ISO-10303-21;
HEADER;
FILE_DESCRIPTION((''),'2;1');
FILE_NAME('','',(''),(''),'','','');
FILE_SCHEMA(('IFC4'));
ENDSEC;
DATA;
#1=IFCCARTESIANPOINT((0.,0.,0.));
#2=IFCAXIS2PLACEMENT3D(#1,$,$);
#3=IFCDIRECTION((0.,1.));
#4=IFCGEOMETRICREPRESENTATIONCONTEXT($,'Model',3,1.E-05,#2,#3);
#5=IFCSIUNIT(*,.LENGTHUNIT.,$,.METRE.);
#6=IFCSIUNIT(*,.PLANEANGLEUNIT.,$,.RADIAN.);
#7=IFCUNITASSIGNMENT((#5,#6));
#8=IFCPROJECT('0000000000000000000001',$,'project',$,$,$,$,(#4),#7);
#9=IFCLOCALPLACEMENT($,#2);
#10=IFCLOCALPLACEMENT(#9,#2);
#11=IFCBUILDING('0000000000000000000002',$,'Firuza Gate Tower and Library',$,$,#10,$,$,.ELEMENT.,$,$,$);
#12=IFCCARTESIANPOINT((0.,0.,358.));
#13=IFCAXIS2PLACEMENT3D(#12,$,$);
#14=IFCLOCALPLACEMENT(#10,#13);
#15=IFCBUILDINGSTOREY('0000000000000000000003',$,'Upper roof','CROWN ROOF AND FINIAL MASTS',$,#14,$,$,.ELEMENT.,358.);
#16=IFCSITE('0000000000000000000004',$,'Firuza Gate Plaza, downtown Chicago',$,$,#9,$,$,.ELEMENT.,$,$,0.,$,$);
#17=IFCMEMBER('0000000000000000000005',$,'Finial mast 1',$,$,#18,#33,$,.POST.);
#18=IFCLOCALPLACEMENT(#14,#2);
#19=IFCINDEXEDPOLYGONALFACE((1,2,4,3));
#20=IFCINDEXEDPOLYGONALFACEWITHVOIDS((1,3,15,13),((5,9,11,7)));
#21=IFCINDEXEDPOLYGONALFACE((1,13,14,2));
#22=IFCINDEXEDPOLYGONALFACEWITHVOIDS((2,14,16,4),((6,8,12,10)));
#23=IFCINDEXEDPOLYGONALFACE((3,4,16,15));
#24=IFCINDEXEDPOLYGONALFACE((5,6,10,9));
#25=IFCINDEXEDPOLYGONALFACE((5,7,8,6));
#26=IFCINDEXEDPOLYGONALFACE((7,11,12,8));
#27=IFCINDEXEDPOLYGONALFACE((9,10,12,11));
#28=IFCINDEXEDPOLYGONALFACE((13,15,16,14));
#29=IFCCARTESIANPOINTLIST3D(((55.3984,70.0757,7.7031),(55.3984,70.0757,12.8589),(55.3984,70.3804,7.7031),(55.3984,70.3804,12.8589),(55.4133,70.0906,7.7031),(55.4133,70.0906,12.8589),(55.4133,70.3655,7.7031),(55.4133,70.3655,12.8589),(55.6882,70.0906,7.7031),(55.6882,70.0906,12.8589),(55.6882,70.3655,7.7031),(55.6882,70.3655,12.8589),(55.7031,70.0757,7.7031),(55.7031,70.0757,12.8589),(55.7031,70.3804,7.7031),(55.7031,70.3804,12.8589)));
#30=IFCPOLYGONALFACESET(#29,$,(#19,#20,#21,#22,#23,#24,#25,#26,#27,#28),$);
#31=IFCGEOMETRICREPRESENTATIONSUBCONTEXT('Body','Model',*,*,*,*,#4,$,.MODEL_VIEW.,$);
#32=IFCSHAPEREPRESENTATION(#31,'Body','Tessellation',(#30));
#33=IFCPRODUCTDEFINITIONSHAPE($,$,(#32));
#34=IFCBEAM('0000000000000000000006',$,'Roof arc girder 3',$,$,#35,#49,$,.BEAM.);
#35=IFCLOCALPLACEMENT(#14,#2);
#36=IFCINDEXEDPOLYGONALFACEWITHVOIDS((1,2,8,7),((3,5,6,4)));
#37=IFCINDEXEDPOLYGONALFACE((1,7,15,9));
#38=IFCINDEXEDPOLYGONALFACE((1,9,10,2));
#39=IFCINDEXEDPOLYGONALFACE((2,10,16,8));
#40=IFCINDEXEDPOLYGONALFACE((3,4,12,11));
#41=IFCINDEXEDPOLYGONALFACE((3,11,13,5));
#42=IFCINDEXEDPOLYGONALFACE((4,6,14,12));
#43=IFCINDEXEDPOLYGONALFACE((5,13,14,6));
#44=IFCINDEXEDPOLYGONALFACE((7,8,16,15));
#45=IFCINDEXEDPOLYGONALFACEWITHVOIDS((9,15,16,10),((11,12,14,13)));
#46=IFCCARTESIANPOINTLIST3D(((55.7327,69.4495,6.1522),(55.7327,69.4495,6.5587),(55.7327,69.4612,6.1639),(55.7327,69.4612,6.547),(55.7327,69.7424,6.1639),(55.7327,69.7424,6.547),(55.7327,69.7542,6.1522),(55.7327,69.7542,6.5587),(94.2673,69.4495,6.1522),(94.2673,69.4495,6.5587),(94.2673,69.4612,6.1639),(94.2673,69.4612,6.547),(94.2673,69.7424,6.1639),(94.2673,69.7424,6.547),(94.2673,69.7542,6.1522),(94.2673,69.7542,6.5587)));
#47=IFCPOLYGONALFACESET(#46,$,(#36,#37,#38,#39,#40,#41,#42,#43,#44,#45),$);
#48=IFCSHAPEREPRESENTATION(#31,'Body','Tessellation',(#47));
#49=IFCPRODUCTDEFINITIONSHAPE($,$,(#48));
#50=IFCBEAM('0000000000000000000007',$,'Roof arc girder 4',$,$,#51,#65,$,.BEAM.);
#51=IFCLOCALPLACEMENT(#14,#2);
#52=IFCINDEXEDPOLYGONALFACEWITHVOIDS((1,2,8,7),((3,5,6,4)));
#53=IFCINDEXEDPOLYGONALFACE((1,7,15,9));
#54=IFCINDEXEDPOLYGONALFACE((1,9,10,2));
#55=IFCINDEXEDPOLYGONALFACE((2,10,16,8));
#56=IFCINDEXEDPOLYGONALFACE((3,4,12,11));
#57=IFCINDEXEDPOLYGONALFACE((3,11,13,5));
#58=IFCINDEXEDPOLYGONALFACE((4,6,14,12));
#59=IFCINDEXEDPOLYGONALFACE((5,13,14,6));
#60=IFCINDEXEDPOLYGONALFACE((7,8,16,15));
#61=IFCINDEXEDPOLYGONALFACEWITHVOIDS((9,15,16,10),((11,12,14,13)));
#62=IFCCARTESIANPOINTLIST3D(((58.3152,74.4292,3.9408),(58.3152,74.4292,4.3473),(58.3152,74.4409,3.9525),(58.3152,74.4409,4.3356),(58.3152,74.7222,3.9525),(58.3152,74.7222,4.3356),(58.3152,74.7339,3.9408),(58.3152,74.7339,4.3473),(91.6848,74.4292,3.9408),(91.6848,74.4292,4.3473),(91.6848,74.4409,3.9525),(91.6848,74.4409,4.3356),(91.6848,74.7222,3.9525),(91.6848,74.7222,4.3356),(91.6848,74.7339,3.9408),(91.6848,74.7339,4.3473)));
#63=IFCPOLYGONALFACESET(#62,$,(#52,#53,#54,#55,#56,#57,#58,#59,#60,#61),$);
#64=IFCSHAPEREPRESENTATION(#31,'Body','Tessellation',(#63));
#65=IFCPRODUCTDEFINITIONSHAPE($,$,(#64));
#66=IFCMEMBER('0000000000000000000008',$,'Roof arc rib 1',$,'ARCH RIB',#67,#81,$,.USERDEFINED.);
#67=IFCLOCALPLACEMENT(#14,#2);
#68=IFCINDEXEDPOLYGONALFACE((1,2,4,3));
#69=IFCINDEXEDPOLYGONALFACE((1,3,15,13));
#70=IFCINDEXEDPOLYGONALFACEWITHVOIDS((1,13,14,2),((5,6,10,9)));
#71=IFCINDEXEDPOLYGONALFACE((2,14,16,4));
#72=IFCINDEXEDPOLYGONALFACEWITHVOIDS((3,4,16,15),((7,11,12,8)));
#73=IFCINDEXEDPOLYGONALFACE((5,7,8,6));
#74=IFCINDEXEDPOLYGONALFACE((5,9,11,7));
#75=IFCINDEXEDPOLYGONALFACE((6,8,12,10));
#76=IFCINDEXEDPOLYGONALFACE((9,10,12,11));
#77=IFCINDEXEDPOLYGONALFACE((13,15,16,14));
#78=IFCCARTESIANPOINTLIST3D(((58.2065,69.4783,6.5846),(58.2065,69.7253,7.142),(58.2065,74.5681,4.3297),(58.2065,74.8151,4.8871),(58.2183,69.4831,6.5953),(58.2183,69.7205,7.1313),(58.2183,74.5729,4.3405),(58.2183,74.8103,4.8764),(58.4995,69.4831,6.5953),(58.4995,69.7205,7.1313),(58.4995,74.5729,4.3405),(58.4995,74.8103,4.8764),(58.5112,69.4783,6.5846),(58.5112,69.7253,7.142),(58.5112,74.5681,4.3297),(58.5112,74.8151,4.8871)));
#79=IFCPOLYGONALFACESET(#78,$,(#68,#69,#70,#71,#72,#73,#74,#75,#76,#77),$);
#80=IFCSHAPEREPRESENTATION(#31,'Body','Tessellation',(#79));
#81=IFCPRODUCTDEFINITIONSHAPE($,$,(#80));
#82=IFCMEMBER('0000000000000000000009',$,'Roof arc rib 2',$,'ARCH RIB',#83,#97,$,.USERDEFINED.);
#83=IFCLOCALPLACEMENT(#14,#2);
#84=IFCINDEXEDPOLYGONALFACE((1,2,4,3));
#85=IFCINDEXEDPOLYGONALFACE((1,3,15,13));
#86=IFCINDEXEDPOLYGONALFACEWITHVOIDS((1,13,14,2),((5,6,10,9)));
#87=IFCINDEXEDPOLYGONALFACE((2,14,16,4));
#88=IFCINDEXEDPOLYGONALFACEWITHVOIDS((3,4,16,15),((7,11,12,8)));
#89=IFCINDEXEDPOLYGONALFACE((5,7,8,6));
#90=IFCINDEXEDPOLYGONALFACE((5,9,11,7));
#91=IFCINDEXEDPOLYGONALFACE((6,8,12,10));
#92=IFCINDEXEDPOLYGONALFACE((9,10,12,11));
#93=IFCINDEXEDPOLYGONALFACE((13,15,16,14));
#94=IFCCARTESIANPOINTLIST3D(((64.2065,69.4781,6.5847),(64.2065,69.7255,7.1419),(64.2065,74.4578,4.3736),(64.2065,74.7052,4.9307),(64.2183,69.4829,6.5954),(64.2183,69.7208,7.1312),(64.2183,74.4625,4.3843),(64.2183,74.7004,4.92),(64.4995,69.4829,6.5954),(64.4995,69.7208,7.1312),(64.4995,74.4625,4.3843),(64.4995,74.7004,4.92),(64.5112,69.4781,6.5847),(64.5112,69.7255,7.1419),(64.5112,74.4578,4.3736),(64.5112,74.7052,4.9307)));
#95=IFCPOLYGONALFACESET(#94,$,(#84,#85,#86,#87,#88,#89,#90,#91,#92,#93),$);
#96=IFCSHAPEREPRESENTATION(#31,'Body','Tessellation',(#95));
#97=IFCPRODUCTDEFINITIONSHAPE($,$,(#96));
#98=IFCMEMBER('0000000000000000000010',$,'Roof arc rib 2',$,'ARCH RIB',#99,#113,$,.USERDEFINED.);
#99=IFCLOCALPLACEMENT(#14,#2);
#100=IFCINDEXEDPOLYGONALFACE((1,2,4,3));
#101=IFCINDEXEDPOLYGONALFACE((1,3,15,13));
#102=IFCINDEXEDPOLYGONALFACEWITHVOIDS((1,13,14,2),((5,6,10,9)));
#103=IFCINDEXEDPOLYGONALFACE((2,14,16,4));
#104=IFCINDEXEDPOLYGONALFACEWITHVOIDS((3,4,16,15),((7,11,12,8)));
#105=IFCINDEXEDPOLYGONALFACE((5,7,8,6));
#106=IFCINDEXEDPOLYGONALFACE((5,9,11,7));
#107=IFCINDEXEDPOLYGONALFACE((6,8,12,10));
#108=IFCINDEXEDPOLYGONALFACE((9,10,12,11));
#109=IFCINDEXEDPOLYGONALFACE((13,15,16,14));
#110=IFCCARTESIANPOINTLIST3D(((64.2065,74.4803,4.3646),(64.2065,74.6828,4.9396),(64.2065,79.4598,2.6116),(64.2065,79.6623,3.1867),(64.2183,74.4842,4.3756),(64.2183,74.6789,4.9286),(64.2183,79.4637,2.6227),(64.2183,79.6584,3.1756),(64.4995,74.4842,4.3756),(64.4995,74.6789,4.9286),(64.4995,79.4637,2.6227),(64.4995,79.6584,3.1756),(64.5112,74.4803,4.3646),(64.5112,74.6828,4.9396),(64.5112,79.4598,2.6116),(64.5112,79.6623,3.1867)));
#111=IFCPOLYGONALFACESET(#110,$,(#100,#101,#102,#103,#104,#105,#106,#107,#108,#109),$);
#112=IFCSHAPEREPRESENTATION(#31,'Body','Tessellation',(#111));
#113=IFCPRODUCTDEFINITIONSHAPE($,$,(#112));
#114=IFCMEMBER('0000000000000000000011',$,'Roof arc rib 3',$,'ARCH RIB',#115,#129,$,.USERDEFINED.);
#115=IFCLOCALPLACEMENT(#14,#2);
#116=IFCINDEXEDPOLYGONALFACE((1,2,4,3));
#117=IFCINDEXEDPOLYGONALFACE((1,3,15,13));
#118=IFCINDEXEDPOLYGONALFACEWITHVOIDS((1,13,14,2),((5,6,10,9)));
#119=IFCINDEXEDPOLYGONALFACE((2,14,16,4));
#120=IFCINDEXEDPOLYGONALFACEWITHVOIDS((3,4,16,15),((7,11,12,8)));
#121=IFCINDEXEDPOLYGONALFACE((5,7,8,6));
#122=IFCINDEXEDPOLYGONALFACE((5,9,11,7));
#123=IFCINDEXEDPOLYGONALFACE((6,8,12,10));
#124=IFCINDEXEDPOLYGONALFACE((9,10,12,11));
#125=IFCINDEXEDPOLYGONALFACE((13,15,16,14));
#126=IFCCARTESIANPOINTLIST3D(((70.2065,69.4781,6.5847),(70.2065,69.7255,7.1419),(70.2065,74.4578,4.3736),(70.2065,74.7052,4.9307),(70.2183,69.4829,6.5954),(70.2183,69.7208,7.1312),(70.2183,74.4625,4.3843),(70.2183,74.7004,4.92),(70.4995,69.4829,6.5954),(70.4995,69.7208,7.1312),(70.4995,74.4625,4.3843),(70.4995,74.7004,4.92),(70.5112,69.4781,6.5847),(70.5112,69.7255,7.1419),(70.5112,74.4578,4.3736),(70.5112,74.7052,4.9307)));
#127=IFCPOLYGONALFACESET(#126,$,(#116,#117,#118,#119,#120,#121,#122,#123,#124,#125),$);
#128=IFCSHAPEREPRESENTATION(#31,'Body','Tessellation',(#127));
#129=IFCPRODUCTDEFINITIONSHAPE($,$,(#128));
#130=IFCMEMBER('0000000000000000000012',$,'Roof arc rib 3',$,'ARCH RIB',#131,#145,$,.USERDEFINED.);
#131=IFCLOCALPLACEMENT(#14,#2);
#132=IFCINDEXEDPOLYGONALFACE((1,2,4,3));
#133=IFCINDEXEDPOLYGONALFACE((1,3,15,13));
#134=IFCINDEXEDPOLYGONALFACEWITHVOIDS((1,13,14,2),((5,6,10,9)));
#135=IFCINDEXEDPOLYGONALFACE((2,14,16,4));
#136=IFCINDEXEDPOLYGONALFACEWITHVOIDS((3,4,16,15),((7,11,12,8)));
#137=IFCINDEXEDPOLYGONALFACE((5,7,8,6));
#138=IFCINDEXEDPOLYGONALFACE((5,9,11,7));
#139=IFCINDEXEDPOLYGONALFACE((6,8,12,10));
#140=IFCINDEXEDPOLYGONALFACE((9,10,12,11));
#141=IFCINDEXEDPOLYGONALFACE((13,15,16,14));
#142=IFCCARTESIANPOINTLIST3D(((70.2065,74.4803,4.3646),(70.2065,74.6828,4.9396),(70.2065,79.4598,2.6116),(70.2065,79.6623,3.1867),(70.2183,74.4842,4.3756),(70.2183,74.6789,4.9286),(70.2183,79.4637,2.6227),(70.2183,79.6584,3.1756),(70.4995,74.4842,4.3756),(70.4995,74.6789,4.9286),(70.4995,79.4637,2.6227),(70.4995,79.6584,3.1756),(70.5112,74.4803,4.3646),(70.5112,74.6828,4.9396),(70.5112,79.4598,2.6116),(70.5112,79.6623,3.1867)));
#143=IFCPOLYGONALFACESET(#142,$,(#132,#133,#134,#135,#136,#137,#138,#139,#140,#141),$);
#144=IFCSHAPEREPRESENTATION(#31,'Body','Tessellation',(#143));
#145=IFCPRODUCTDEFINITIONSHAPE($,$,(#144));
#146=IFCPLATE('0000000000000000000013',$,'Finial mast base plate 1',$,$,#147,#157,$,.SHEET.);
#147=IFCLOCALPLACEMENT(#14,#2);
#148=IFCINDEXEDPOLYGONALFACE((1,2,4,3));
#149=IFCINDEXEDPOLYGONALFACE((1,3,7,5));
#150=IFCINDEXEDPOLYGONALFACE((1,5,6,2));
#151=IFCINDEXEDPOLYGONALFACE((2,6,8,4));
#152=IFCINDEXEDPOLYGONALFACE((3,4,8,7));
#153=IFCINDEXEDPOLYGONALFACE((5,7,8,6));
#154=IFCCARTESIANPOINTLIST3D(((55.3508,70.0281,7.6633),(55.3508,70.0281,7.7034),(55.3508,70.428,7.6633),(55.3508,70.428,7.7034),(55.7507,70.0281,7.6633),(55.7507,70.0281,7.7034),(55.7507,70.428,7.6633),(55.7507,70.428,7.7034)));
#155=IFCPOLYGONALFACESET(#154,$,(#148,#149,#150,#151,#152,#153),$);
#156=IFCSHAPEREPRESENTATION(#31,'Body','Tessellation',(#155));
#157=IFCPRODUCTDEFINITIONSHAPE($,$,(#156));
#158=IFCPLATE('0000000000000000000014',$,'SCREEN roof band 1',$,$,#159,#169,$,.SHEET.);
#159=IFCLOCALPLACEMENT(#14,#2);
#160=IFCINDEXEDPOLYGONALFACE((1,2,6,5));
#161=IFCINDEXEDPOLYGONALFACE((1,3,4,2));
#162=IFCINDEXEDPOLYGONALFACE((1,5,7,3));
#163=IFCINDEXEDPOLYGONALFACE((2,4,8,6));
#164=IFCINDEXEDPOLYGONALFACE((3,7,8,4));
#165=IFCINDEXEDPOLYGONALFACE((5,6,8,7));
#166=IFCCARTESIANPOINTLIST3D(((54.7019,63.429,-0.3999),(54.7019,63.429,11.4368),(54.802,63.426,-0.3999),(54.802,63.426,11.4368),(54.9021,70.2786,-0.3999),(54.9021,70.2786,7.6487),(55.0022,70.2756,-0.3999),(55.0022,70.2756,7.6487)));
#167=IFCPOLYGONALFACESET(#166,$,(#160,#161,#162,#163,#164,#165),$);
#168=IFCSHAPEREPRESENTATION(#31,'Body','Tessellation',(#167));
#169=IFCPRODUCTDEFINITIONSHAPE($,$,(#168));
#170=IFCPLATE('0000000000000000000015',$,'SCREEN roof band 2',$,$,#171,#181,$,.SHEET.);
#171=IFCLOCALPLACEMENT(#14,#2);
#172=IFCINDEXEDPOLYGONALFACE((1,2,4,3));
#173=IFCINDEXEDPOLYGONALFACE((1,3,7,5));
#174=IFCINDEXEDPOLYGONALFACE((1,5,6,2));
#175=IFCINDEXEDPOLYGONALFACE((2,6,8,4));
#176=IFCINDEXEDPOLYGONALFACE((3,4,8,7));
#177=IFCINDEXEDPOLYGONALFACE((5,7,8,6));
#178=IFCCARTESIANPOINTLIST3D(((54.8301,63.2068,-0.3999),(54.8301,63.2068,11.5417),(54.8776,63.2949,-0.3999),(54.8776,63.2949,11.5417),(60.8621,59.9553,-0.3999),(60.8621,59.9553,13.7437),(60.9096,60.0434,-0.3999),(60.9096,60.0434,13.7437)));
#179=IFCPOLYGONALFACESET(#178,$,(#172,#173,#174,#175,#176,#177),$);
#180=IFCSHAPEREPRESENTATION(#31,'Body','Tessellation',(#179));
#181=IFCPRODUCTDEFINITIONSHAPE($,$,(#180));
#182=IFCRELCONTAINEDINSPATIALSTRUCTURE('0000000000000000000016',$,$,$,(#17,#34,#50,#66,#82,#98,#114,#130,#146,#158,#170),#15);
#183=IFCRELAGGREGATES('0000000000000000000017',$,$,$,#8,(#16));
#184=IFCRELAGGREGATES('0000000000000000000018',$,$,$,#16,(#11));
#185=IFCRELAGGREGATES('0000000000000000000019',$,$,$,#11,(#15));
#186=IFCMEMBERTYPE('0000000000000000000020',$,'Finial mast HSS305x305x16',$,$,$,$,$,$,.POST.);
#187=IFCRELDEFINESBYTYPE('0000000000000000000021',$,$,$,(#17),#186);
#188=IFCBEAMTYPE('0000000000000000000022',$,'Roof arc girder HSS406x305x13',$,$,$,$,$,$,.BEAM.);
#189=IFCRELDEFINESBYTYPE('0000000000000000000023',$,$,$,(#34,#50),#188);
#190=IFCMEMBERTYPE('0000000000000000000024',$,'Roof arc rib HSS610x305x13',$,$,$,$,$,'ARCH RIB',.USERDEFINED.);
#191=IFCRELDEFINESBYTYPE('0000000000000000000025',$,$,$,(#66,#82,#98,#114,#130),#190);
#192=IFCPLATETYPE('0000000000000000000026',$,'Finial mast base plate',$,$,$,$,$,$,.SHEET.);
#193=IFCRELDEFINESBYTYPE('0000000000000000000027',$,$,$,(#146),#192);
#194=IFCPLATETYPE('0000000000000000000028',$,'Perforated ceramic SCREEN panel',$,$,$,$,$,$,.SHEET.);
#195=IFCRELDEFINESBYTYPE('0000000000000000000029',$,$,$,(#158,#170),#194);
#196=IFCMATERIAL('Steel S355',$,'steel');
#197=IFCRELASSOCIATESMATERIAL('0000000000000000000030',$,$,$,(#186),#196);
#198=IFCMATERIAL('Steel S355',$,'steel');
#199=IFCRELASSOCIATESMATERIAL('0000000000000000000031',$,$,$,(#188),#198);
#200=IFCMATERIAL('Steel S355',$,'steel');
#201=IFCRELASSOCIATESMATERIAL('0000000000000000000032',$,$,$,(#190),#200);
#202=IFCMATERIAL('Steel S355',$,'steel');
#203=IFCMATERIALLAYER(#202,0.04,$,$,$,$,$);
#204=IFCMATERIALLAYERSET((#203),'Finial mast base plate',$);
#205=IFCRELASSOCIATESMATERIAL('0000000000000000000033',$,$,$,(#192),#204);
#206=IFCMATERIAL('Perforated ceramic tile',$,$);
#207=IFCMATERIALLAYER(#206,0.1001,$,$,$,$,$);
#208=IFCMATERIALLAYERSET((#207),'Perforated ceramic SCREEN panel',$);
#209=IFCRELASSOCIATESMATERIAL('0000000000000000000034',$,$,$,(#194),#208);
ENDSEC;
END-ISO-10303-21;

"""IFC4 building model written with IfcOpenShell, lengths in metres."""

from ifc_helpers import new_model, si_unit, direction, frame, origin, origin_2d, place, context, subcontext, project, spatial, polyline, rectangle, hollow_rectangle, outline, extrude, material, layer, layer_set, material_profile, profile_set, type_object, element, save


model = new_model("IFC4")

# Units and contexts
model_context = context("Model", 3, precision=1e-05, world=origin(), true_north=direction((0.0, 1.0)))
body_context = subcontext(model_context, "Body", "Model", "MODEL_VIEW")
ifc_project = project(units=[si_unit("LENGTHUNIT", "METRE"), si_unit("PLANEANGLEUNIT", "RADIAN")], contexts=[model_context])

# Site, building, storey
site_placement = place(None, origin())
site = spatial("IfcSite", under=ifc_project, at=site_placement, Name="Firuza Gate Plaza, downtown Chicago", CompositionType="ELEMENT", RefElevation=0.0)
building_placement = place(site_placement, origin())
building = spatial("IfcBuilding", under=site, at=building_placement, Name="Firuza Gate Tower and Library", CompositionType="ELEMENT")
storey_placement = place(building_placement, frame((0.0, 0.0, 358.0)))
storey = spatial("IfcBuildingStorey", under=building, at=storey_placement, Name="Upper roof", Description="CROWN ROOF AND FINIAL MASTS", CompositionType="ELEMENT", Elevation=358.0)

# Member
ifc_material_1 = material(Name="Steel S355", Category="steel")
ifc_material_profile_1 = material_profile(ifc_material_1, hollow_rectangle(XDim=0.3047, YDim=0.3047, WallThickness=0.0149, at=origin_2d()))
ifc_profile_set_1 = profile_set([ifc_material_profile_1], Name="Steel S355")
member_type_1 = type_object("IfcMemberType", Name="Finial mast HSS305x305x16", PredefinedType="POST", material=ifc_profile_set_1)
member_1_placement = place(storey_placement, frame((55.5508, 70.228, 7.7031), z_axis=(0.0, 0.0, 1.0), x_axis=(1.0, 0.0, 0.0)))
element("IfcMember", 1, at=member_1_placement, inside=storey, type_object=member_type_1, Name="Finial mast 1", PredefinedType="POST", context=body_context, shape_type="SweptSolid", body=[
    extrude(hollow_rectangle(XDim=0.3047, YDim=0.3047, WallThickness=0.0149, at=origin_2d()), origin(), (0.0, 0.0, 1.0), 5.1558),
])

# Beams
ifc_material_2 = material(Name="Steel S355", Category="steel")
ifc_material_profile_2 = material_profile(ifc_material_2, hollow_rectangle(XDim=0.3047, YDim=0.4065, WallThickness=0.0117, at=origin_2d()))
ifc_profile_set_2 = profile_set([ifc_material_profile_2], Name="Steel S355")
beam_type_1 = type_object("IfcBeamType", Name="Roof arc girder HSS406x305x13", PredefinedType="BEAM", material=ifc_profile_set_2)
beam_1_placement = place(storey_placement, frame((55.7327, 69.6018, 6.3555), z_axis=(1.0, 0.0, 0.0), x_axis=(0.0, 1.0, 0.0)))
element("IfcBeam", 2, at=beam_1_placement, inside=storey, type_object=beam_type_1, Name="Roof arc girder 3", PredefinedType="BEAM", context=body_context, shape_type="SweptSolid", body=[
    extrude(hollow_rectangle(XDim=0.3047, YDim=0.4065, WallThickness=0.0117, at=origin_2d()), origin(), (0.0, 0.0, 1.0), 38.5347),
])
beam_2_placement = place(storey_placement, frame((58.3152, 74.5815, 4.144), z_axis=(1.0, 0.0, 0.0), x_axis=(0.0, 1.0, 0.0)))
element("IfcBeam", 3, at=beam_2_placement, inside=storey, type_object=beam_type_1, Name="Roof arc girder 4", PredefinedType="BEAM", context=body_context, shape_type="SweptSolid", body=[
    extrude(hollow_rectangle(XDim=0.3047, YDim=0.4065, WallThickness=0.0117, at=origin_2d()), origin(), (0.0, 0.0, 1.0), 33.3696),
])

# Members
ifc_material_3 = material(Name="Steel S355", Category="steel")
ifc_material_profile_3 = material_profile(ifc_material_3, hollow_rectangle(XDim=0.3047, YDim=0.6096, WallThickness=0.0117, at=origin_2d()))
ifc_profile_set_3 = profile_set([ifc_material_profile_3], Name="Steel S355")
member_type_2 = type_object("IfcMemberType", Name="Roof arc rib HSS610x305x13", ElementType="ARCH RIB", PredefinedType="USERDEFINED", material=ifc_profile_set_3)
member_2_placement = place(storey_placement, frame((58.3589, 69.6018, 6.8633), z_axis=(0.0, 0.914296, -0.405048), x_axis=(-1.0, 0.0, 0.0)))
element("IfcMember", 4, at=member_2_placement, inside=storey, type_object=member_type_2, Name="Roof arc rib 1", ObjectType="ARCH RIB", PredefinedType="USERDEFINED", context=body_context, shape_type="SweptSolid", body=[
    extrude(hollow_rectangle(XDim=0.3047, YDim=0.6096, WallThickness=0.0117, at=origin_2d()), origin(), (0.0, 0.0, 1.0), 5.5669),
])
member_3_placement = place(storey_placement, frame((64.3589, 69.6018, 6.8633), z_axis=(0.0, 0.91395, -0.405827), x_axis=(-1.0, 0.0, 0.0)))
element("IfcMember", 5, at=member_3_placement, inside=storey, type_object=member_type_2, Name="Roof arc rib 2", ObjectType="ARCH RIB", PredefinedType="USERDEFINED", context=body_context, shape_type="SweptSolid", body=[
    extrude(hollow_rectangle(XDim=0.3047, YDim=0.6096, WallThickness=0.0117, at=origin_2d()), origin(), (0.0, 0.0, 1.0), 5.4485),
])
member_4_placement = place(storey_placement, frame((64.3589, 74.5815, 4.6521), z_axis=(0.0, 0.94326, -0.332056), x_axis=(-1.0, 0.0, 0.0)))
element("IfcMember", 6, at=member_4_placement, inside=storey, type_object=member_type_2, Name="Roof arc rib 2", ObjectType="ARCH RIB", PredefinedType="USERDEFINED", context=body_context, shape_type="SweptSolid", body=[
    extrude(hollow_rectangle(XDim=0.3047, YDim=0.6096, WallThickness=0.0117, at=origin_2d()), origin(), (0.0, 0.0, 1.0), 5.2791),
])
member_5_placement = place(storey_placement, frame((70.3589, 69.6018, 6.8633), z_axis=(0.0, 0.91395, -0.405827), x_axis=(-1.0, 0.0, 0.0)))
element("IfcMember", 7, at=member_5_placement, inside=storey, type_object=member_type_2, Name="Roof arc rib 3", ObjectType="ARCH RIB", PredefinedType="USERDEFINED", context=body_context, shape_type="SweptSolid", body=[
    extrude(hollow_rectangle(XDim=0.3047, YDim=0.6096, WallThickness=0.0117, at=origin_2d()), origin(), (0.0, 0.0, 1.0), 5.4485),
])
member_6_placement = place(storey_placement, frame((70.3589, 74.5815, 4.6521), z_axis=(0.0, 0.94326, -0.332056), x_axis=(-1.0, 0.0, 0.0)))
element("IfcMember", 8, at=member_6_placement, inside=storey, type_object=member_type_2, Name="Roof arc rib 3", ObjectType="ARCH RIB", PredefinedType="USERDEFINED", context=body_context, shape_type="SweptSolid", body=[
    extrude(hollow_rectangle(XDim=0.3047, YDim=0.6096, WallThickness=0.0117, at=origin_2d()), origin(), (0.0, 0.0, 1.0), 5.2791),
])

# Plates
ifc_material_4 = material(Name="Steel S355", Category="steel")
ifc_layer_1 = layer(ifc_material_4, 0.04)
ifc_layer_set_1 = layer_set([ifc_layer_1], Name="Finial mast base plate")
plate_type_1 = type_object("IfcPlateType", Name="Finial mast base plate", PredefinedType="SHEET", material=ifc_layer_set_1)
plate_1_placement = place(storey_placement, frame((55.5508, 70.228, 7.6633), z_axis=(0.0, 0.0, 1.0), x_axis=(1.0, 0.0, 0.0)))
element("IfcPlate", 9, at=plate_1_placement, inside=storey, type_object=plate_type_1, Name="Finial mast base plate 1", PredefinedType="SHEET", context=body_context, shape_type="SweptSolid", body=[
    extrude(rectangle(XDim=0.3999, YDim=0.3999, at=origin_2d()), origin(), (0.0, 0.0, 1.0), 0.04),
])
ifc_material_5 = material(Name="Perforated ceramic tile")
ifc_layer_2 = layer(ifc_material_5, 0.1001)
ifc_layer_set_2 = layer_set([ifc_layer_2], Name="Perforated ceramic SCREEN panel")
plate_type_2 = type_object("IfcPlateType", Name="Perforated ceramic SCREEN panel", PredefinedType="SHEET", material=ifc_layer_set_2)
plate_2_placement = place(storey_placement, frame((54.9021, 70.2786, -0.3999), z_axis=(-0.999573, 0.029215, 0.0), x_axis=(-0.029215, -0.999573, 0.0)))
element("IfcPlate", 10, at=plate_2_placement, inside=storey, type_object=plate_type_2, Name="SCREEN roof band 1", PredefinedType="SHEET", context=body_context, shape_type="SweptSolid", body=[
    extrude(outline(polyline([(0.0, 0.0), (6.8525, 0.0), (6.8525, 11.8367), (0.0, 8.0486), (0.0, 0.0)])), origin(), (0.0, 0.0, -1.0), 0.1001),
])
plate_3_placement = place(storey_placement, frame((54.8301, 63.2068, -0.3999), z_axis=(-0.474493, -0.880259, 0.0), x_axis=(0.880259, -0.474493, 0.0)))
element("IfcPlate", 11, at=plate_3_placement, inside=storey, type_object=plate_type_2, Name="SCREEN roof band 2", PredefinedType="SHEET", context=body_context, shape_type="SweptSolid", body=[
    extrude(outline(polyline([(0.0, 0.0), (6.8525, 0.0), (6.8525, 14.1436), (0.0, 11.9417), (0.0, 0.0)])), origin(), (0.0, 0.0, -1.0), 0.1001),
])

save(model, "model.ifc")
